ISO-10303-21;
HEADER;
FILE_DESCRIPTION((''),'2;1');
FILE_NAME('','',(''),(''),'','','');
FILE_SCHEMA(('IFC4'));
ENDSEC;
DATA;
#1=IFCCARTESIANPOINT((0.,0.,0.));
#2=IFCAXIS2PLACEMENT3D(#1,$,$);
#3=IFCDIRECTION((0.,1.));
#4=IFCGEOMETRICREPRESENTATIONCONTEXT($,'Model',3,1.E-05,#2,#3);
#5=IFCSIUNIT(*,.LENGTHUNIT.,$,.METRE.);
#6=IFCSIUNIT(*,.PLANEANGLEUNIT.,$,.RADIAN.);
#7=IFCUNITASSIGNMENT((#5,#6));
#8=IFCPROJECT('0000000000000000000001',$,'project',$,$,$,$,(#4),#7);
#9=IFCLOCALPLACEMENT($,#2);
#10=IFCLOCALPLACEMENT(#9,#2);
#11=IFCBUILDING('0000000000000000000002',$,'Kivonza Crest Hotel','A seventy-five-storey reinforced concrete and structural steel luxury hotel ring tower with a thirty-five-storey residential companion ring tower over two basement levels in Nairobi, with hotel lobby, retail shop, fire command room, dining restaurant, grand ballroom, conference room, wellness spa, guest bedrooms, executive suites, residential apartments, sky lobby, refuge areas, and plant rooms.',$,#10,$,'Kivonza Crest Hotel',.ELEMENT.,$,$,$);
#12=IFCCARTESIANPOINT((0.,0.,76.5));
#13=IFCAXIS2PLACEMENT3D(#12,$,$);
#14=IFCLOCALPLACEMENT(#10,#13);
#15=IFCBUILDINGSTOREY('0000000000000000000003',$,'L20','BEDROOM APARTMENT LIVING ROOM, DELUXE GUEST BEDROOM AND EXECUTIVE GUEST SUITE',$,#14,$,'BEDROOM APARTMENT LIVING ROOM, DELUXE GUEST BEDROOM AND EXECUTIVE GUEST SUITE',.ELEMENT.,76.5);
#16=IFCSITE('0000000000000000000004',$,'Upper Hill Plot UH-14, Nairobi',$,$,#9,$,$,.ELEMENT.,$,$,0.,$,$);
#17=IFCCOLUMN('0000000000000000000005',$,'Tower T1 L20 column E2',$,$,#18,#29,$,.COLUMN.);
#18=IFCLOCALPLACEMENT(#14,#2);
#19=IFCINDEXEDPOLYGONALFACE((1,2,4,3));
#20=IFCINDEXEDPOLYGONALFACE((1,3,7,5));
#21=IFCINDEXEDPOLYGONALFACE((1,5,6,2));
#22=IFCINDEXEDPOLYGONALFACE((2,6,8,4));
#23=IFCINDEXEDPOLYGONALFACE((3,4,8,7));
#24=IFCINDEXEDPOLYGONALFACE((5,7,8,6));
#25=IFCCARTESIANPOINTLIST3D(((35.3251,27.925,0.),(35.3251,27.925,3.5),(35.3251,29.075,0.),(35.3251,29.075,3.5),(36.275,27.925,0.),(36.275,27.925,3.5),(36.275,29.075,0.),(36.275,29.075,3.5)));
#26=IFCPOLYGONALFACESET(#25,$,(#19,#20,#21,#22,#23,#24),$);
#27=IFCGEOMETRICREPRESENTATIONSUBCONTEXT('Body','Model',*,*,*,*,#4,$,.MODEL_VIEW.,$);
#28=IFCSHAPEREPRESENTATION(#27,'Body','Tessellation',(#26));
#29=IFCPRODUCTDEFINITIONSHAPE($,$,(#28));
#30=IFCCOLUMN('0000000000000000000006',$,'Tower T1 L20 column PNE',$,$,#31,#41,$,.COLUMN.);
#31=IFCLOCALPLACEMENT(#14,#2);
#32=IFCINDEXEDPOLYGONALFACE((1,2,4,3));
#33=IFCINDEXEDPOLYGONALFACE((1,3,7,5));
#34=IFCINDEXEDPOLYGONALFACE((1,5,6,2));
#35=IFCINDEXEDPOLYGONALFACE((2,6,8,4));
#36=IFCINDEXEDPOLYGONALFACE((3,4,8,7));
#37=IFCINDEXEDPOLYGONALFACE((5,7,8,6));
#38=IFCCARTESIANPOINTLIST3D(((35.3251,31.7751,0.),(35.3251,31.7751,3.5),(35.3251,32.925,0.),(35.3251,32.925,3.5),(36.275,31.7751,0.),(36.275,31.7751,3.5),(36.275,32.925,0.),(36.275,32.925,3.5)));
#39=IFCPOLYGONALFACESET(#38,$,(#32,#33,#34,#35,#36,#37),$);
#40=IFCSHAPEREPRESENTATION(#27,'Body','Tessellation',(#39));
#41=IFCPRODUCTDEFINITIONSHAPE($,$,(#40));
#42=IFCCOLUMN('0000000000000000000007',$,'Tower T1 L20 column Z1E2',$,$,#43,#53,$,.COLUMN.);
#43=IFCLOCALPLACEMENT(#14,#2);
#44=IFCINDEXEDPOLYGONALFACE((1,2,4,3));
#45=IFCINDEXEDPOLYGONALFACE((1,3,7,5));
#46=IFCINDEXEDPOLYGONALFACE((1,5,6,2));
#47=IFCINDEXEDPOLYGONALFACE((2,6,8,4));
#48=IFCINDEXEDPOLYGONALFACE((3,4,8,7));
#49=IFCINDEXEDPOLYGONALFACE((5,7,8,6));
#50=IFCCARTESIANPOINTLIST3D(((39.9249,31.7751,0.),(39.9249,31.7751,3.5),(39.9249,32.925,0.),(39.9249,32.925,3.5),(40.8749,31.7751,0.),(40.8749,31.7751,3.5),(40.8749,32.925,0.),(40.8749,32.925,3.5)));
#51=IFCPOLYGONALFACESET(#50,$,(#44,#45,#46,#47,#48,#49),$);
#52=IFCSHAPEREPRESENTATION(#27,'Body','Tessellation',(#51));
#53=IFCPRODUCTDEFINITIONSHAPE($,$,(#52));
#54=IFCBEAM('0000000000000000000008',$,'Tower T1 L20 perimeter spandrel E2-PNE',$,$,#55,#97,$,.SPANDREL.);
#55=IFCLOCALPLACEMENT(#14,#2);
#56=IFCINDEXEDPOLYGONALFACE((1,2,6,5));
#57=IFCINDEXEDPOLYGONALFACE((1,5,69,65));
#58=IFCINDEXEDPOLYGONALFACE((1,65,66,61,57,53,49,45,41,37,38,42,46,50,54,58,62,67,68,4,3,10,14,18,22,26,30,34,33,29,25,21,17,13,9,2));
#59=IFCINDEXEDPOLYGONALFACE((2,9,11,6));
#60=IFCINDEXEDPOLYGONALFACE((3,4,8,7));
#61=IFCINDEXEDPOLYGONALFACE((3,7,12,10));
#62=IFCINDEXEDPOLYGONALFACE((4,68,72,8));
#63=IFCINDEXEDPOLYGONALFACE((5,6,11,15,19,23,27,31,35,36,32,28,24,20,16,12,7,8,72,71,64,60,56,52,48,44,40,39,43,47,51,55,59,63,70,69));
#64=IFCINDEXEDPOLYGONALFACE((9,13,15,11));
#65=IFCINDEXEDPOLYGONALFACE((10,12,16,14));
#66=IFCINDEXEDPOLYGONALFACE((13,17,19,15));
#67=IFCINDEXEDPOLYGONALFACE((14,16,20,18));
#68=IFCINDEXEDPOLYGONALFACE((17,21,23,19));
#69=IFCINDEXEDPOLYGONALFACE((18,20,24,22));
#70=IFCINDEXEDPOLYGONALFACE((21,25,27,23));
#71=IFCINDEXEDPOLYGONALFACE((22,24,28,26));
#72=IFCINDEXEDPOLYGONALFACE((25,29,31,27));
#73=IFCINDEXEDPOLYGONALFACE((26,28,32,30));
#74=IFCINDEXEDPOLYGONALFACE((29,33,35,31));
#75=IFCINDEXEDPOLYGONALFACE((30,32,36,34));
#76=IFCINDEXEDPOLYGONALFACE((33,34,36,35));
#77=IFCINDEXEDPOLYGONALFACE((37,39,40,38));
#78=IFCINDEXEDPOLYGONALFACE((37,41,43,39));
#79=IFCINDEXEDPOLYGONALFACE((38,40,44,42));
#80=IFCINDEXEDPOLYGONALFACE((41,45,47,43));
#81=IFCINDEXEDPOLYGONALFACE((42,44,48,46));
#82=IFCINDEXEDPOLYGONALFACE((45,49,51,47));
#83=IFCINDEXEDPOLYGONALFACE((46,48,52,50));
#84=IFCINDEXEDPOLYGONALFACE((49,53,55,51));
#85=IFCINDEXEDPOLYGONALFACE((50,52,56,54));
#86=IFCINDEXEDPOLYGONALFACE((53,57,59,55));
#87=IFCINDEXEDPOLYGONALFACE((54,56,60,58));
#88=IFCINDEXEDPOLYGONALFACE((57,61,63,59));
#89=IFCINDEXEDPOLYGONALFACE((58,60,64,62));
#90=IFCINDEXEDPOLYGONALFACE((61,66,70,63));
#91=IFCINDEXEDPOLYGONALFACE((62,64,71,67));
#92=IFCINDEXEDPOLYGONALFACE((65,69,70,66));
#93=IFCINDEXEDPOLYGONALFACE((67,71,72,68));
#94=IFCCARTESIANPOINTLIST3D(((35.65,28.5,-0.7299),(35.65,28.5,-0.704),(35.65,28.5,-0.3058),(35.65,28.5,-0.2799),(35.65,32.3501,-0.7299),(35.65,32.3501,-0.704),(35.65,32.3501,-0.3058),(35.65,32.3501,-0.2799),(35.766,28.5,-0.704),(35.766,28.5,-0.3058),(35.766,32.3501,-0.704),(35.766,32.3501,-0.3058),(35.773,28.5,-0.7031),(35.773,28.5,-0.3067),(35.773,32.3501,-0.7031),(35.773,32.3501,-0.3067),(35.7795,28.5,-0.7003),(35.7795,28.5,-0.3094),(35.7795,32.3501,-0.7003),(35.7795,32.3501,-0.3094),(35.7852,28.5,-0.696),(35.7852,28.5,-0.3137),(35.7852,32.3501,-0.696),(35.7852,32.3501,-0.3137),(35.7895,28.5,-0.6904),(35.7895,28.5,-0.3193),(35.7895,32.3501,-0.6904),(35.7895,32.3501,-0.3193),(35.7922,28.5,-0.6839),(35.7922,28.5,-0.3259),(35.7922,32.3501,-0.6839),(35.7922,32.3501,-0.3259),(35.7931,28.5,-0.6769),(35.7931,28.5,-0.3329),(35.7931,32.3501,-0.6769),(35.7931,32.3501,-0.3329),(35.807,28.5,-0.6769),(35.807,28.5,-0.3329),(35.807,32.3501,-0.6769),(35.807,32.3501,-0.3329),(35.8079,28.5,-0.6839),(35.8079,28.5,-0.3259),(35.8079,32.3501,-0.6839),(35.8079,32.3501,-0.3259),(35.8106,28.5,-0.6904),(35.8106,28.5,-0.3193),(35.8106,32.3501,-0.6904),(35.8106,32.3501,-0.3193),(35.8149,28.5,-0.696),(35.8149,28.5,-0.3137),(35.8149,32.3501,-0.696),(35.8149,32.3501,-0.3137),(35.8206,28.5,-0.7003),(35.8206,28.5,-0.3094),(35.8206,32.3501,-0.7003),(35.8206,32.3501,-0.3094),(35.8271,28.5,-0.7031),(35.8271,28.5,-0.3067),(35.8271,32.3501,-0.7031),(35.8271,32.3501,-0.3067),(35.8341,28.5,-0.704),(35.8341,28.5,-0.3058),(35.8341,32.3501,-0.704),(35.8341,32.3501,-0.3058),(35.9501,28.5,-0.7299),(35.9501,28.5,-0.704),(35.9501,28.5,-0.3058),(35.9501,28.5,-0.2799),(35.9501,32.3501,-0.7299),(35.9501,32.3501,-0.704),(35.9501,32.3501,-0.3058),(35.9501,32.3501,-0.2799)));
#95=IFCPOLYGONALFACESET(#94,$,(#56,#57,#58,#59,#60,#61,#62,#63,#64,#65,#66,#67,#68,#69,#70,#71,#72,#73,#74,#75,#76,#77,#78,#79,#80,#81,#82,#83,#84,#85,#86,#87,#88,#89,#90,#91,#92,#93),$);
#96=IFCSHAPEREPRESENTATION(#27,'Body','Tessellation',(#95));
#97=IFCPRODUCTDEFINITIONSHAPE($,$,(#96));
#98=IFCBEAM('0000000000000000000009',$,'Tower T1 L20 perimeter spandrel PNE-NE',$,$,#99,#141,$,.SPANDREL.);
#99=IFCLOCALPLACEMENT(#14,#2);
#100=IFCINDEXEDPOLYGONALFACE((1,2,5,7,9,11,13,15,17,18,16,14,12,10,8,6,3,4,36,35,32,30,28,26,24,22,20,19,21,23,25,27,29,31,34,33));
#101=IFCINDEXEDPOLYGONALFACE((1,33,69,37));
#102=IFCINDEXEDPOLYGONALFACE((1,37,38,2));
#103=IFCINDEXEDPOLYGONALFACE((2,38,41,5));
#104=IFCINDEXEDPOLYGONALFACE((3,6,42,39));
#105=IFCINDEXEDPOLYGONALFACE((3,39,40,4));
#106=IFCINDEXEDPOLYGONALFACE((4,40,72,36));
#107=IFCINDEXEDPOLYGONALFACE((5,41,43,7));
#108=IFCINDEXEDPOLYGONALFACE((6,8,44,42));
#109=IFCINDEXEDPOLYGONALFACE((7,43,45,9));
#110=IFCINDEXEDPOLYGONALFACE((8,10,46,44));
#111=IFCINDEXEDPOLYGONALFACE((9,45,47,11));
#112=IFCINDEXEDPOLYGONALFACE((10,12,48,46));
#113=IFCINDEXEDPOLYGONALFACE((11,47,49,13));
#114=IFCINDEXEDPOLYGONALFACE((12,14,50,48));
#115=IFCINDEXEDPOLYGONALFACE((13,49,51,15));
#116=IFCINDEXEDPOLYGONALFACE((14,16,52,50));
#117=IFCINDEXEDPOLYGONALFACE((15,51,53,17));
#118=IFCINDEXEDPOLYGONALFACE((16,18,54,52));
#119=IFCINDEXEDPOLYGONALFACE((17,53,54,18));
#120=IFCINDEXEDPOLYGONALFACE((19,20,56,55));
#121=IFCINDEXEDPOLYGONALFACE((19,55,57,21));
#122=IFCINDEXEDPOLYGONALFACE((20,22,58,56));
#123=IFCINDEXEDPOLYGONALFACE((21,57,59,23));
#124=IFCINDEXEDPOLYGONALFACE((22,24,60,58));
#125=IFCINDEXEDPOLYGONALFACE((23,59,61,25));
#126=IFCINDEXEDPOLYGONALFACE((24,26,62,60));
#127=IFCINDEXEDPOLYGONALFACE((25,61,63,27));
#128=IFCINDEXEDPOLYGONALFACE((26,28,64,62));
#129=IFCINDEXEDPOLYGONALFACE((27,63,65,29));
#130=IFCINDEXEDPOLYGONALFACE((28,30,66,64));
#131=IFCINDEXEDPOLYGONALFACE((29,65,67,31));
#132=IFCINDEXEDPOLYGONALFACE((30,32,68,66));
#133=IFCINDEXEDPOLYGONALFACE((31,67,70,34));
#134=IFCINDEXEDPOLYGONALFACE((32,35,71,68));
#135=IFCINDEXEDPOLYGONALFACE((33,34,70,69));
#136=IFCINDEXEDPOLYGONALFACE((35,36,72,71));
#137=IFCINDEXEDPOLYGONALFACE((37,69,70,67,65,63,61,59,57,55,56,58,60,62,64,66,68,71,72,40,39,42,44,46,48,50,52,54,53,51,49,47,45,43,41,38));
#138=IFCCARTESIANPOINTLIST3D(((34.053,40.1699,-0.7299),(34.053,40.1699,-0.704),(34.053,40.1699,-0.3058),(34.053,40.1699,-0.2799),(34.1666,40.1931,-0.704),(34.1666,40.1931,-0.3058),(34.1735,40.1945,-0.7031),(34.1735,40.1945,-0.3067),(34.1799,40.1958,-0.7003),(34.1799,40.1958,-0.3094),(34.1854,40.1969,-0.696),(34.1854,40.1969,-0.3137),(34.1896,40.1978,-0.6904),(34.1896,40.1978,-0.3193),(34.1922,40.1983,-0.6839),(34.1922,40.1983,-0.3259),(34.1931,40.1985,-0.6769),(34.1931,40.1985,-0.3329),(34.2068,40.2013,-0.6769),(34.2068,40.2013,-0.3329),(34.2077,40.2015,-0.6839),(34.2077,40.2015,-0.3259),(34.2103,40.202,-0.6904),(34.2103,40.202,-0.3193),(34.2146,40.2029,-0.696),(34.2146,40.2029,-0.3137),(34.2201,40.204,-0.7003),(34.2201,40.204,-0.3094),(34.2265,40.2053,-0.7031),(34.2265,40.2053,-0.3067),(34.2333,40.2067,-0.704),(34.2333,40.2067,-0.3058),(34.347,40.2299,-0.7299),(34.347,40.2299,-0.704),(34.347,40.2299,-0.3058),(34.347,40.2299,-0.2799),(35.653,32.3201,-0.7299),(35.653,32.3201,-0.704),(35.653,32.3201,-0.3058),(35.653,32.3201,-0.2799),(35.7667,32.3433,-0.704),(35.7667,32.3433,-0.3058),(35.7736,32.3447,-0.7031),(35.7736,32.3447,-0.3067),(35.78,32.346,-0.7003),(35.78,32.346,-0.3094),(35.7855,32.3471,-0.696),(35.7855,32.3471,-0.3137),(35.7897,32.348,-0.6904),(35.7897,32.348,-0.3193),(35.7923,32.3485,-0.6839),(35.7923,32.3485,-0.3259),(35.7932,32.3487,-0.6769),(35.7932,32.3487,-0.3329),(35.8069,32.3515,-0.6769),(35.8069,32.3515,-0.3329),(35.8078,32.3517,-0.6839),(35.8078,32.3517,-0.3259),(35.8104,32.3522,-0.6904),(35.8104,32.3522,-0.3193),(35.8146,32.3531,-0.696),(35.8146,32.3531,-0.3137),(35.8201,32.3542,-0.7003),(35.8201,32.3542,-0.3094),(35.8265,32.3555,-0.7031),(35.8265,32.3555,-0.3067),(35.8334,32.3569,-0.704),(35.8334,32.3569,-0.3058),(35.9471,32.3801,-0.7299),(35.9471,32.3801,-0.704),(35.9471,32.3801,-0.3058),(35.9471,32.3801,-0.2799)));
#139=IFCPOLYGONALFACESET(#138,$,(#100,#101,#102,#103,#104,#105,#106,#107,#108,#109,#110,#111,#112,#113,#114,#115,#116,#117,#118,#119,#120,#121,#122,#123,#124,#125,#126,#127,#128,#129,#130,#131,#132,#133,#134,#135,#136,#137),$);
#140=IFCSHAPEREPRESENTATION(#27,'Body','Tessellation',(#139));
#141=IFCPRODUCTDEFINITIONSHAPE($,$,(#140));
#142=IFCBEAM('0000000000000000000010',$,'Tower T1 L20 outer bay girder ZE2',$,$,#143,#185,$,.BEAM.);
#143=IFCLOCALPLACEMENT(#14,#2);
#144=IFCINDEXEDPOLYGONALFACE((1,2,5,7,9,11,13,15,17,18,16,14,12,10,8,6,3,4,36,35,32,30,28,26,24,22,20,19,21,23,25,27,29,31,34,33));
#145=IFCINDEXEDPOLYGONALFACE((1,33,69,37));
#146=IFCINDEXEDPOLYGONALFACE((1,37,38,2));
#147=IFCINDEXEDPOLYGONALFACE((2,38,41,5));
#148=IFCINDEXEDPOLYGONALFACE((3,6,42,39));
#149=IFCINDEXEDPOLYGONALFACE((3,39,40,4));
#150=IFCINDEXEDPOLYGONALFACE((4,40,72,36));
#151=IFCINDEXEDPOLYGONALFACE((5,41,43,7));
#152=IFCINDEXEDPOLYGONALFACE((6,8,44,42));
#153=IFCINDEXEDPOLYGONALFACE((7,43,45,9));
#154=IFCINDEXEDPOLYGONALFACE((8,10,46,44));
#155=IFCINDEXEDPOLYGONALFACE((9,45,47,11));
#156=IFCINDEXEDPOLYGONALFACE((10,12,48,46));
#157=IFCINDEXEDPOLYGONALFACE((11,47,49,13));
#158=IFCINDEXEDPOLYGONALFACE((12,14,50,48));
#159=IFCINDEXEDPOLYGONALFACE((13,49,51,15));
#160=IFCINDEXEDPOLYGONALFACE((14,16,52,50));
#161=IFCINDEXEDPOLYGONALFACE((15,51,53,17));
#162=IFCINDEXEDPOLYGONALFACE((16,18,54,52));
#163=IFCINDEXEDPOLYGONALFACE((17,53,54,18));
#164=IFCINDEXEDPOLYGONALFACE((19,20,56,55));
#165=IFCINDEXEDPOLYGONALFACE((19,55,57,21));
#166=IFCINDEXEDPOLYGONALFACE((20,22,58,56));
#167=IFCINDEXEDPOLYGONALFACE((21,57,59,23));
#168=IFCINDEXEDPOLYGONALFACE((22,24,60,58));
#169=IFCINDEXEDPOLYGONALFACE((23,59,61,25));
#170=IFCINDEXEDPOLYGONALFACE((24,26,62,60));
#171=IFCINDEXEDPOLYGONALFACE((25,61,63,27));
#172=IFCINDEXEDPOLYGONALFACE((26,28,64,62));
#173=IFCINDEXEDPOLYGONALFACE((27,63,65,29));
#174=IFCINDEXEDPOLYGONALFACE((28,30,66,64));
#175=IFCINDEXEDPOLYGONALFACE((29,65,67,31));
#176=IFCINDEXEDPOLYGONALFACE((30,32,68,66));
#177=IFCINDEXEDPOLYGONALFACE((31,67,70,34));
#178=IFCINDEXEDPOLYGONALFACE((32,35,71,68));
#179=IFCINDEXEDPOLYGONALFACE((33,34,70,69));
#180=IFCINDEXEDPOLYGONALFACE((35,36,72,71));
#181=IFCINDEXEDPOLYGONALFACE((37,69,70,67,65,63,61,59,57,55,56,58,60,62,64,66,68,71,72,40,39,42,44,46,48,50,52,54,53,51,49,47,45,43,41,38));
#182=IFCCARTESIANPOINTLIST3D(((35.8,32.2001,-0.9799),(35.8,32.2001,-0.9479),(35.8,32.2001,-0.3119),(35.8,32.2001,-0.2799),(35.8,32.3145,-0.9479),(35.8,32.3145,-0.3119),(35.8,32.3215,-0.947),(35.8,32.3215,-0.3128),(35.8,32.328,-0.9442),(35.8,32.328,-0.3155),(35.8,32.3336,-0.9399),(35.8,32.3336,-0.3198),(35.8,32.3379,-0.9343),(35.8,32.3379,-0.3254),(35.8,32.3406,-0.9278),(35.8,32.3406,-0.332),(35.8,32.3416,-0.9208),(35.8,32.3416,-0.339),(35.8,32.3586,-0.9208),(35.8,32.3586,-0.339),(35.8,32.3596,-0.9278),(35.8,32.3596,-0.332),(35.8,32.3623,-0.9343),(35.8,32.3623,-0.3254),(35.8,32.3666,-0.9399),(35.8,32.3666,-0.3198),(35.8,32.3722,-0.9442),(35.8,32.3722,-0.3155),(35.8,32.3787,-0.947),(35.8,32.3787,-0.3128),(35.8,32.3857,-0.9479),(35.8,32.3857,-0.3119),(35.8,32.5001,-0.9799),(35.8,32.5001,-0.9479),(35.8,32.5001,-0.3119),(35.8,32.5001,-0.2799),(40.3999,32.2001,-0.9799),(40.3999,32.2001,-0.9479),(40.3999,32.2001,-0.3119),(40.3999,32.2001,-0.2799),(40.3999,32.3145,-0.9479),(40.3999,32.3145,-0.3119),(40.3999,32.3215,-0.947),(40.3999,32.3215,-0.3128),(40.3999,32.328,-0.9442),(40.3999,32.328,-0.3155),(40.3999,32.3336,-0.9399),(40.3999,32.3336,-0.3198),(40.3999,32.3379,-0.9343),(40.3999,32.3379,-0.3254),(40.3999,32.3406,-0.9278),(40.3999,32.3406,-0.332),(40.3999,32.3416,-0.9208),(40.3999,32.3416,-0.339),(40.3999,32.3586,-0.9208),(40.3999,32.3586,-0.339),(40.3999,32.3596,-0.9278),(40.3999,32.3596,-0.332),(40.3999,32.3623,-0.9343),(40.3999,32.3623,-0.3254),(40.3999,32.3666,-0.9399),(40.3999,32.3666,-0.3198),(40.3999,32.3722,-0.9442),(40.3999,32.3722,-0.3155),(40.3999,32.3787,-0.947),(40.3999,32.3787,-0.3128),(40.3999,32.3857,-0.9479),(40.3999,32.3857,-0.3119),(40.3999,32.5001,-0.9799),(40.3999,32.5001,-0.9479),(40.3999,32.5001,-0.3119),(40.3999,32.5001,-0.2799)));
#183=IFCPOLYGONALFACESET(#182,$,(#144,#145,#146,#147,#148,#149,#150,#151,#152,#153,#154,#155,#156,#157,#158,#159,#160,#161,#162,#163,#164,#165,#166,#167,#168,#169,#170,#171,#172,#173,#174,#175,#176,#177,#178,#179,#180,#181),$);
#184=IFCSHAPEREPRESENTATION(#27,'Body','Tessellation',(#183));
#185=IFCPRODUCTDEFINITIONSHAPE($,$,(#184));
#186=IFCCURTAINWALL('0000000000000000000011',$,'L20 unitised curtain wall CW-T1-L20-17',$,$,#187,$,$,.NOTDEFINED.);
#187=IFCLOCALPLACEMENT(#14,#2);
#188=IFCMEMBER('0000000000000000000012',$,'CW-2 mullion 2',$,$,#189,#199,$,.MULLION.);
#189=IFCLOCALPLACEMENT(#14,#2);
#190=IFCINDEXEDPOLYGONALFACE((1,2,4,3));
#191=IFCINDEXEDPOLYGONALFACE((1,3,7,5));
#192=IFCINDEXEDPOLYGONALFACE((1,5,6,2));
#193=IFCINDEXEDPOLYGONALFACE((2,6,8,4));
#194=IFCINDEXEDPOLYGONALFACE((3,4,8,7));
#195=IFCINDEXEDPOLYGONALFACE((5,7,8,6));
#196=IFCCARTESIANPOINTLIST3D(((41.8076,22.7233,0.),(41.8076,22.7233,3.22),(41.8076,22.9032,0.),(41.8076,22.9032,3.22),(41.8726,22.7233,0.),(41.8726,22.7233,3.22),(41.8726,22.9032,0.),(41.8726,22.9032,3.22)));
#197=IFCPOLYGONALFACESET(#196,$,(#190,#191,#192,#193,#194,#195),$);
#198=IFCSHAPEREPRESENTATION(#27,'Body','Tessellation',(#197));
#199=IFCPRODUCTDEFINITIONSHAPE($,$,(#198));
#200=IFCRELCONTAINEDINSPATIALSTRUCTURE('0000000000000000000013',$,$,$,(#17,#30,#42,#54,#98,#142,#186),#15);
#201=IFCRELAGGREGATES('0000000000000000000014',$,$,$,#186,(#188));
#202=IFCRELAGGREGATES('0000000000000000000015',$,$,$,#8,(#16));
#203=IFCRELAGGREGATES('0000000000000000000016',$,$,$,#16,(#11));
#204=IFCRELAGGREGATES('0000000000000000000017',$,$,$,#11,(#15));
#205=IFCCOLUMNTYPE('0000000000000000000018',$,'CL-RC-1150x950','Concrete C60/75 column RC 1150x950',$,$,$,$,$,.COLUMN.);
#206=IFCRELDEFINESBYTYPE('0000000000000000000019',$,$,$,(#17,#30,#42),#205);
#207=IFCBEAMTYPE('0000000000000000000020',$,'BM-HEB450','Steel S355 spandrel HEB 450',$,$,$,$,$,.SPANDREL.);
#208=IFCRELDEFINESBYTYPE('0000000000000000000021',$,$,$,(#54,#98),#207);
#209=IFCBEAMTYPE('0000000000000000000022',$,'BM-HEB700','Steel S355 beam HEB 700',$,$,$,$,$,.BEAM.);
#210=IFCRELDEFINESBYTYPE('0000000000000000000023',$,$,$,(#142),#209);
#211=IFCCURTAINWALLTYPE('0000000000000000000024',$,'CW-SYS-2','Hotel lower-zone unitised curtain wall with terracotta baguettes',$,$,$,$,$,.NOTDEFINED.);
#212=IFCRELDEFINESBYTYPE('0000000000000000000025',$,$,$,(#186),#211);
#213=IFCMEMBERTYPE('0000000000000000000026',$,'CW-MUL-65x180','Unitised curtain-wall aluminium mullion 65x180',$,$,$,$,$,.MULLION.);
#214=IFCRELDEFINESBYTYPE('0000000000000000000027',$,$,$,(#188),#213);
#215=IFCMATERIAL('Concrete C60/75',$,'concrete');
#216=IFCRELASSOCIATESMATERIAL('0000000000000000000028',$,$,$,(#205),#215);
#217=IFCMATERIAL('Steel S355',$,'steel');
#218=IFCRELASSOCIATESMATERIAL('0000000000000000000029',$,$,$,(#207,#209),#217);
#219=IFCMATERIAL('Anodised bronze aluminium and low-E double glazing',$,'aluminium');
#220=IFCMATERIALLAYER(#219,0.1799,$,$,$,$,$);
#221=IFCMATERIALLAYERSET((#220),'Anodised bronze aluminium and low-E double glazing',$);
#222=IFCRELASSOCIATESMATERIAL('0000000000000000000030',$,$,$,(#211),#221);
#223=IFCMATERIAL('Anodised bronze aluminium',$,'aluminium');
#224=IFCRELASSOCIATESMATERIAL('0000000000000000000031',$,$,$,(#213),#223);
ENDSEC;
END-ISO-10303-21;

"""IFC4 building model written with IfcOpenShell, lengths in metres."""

from ifc_helpers import new_model, si_unit, direction, frame, origin, origin_2d, place, context, subcontext, project, spatial, rectangle, i_section, extrude, material, layer, layer_set, material_profile, profile_set, type_object, element, aggregate, save


model = new_model("IFC4")

# Units and contexts
model_context = context("Model", 3, precision=1e-05, world=origin(), true_north=direction((0.0, 1.0)))
body_context = subcontext(model_context, "Body", "Model", "MODEL_VIEW")
ifc_project = project(units=[si_unit("LENGTHUNIT", "METRE"), si_unit("PLANEANGLEUNIT", "RADIAN")], contexts=[model_context])

# Site, building, storey
site_placement = place(None, origin())
site = spatial("IfcSite", under=ifc_project, at=site_placement, Name="Upper Hill Plot UH-14, Nairobi", CompositionType="ELEMENT", RefElevation=0.0)
building_placement = place(site_placement, origin())
building = spatial("IfcBuilding", under=site, at=building_placement, Name="Kivonza Crest Hotel", Description="A seventy-five-storey reinforced concrete and structural steel luxury hotel ring tower with a thirty-five-storey residential companion ring tower over two basement levels in Nairobi, with hotel lobby, retail shop, fire command room, dining restaurant, grand ballroom, conference room, wellness spa, guest bedrooms, executive suites, residential apartments, sky lobby, refuge areas, and plant rooms.", LongName="Kivonza Crest Hotel", CompositionType="ELEMENT")
storey_placement = place(building_placement, frame((0.0, 0.0, 76.5)))
storey = spatial("IfcBuildingStorey", under=building, at=storey_placement, Name="L20", Description="BEDROOM APARTMENT LIVING ROOM, DELUXE GUEST BEDROOM AND EXECUTIVE GUEST SUITE", LongName="BEDROOM APARTMENT LIVING ROOM, DELUXE GUEST BEDROOM AND EXECUTIVE GUEST SUITE", CompositionType="ELEMENT", Elevation=76.5)

# Columns
ifc_material_1 = material(Name="Concrete C60/75", Category="concrete")
ifc_material_profile_1 = material_profile(ifc_material_1, rectangle(XDim=0.95, YDim=1.1499, at=origin_2d()), Name="RC 1150x950")
ifc_profile_set_1 = profile_set([ifc_material_profile_1], Name="Concrete C60/75")
column_type = type_object("IfcColumnType", Name="CL-RC-1150x950", Description="Concrete C60/75 column RC 1150x950", PredefinedType="COLUMN", material=ifc_profile_set_1)
for number, where, z_axis, x_axis, name in (
    (1, (35.8, 28.5, 0.0), (0.0, 0.0, 1.0), (1.0, 0.0, 0.0), "Tower T1 L20 column E2"),
    (2, (35.8, 32.3501, 0.0), (0.0, 0.0, 1.0), (1.0, 0.0, 0.0), "Tower T1 L20 column PNE"),
    (3, (40.3999, 32.3501, 0.0), (0.0, 0.0, 1.0), (1.0, 0.0, 0.0), "Tower T1 L20 column Z1E2"),
):
    element("IfcColumn", number, at=place(storey_placement, frame(where, z_axis=z_axis, x_axis=x_axis)), inside=storey, type_object=column_type, Name=name, PredefinedType="COLUMN", context=body_context, shape_type="SweptSolid", body=[
        extrude(rectangle(XDim=0.95, YDim=1.1499, at=origin_2d()), origin(), (0.0, 0.0, 1.0), 3.5),
    ])

# Beams
ifc_material_2 = material(Name="Steel S355", Category="steel")
ifc_material_profile_2 = material_profile(ifc_material_2, i_section(OverallWidth=0.3, OverallDepth=0.45, WebThickness=0.0139, FlangeThickness=0.0259, FilletRadius=0.0271, at=origin_2d()), Name="HEB 450")
ifc_profile_set_2 = profile_set([ifc_material_profile_2], Name="Steel S355")
beam_type_1 = type_object("IfcBeamType", Name="BM-HEB450", Description="Steel S355 spandrel HEB 450", PredefinedType="SPANDREL", material=ifc_profile_set_2)
beam_1_placement = place(storey_placement, frame((35.8, 28.5, -0.5049), z_axis=(0.0, 1.0, 0.0), x_axis=(-1.0, 0.0, 0.0)))
element("IfcBeam", 4, at=beam_1_placement, inside=storey, type_object=beam_type_1, Name="Tower T1 L20 perimeter spandrel E2-PNE", PredefinedType="SPANDREL", context=body_context, shape_type="SweptSolid", body=[
    extrude(i_section(OverallWidth=0.3, OverallDepth=0.45, WebThickness=0.0139, FlangeThickness=0.0259, FilletRadius=0.0271, at=origin_2d()), origin(), (0.0, 0.0, 1.0), 3.8501),
])
beam_2_placement = place(storey_placement, frame((35.8, 32.3501, -0.5049), z_axis=(-0.199731, 0.979851, 0.0), x_axis=(-0.979851, -0.199731, 0.0)))
element("IfcBeam", 5, at=beam_2_placement, inside=storey, type_object=beam_type_1, Name="Tower T1 L20 perimeter spandrel PNE-NE", PredefinedType="SPANDREL", context=body_context, shape_type="SweptSolid", body=[
    extrude(i_section(OverallWidth=0.3, OverallDepth=0.45, WebThickness=0.0139, FlangeThickness=0.0259, FilletRadius=0.0271, at=origin_2d()), origin(), (0.0, 0.0, 1.0), 8.0112),
])
ifc_material_profile_3 = material_profile(ifc_material_2, i_section(OverallWidth=0.3, OverallDepth=0.7, WebThickness=0.0171, FlangeThickness=0.032, FilletRadius=0.0271, at=origin_2d()), Name="HEB 700")
ifc_profile_set_3 = profile_set([ifc_material_profile_3], Name="Steel S355")
beam_type_2 = type_object("IfcBeamType", Name="BM-HEB700", Description="Steel S355 beam HEB 700", PredefinedType="BEAM", material=ifc_profile_set_3)
beam_3_placement = place(storey_placement, frame((40.3999, 32.3501, -0.6299), z_axis=(-1.0, 0.0, 0.0), x_axis=(0.0, -1.0, 0.0)))
element("IfcBeam", 6, at=beam_3_placement, inside=storey, type_object=beam_type_2, Name="Tower T1 L20 outer bay girder ZE2", PredefinedType="BEAM", context=body_context, shape_type="SweptSolid", body=[
    extrude(i_section(OverallWidth=0.3, OverallDepth=0.7, WebThickness=0.0171, FlangeThickness=0.032, FilletRadius=0.0271, at=origin_2d()), origin(), (0.0, 0.0, 1.0), 4.5999),
])

# Curtain wall, member
ifc_material_3 = material(Name="Anodised bronze aluminium and low-E double glazing", Category="aluminium")
ifc_layer_1 = layer(ifc_material_3, 0.1799)
ifc_layer_set_1 = layer_set([ifc_layer_1], Name="Anodised bronze aluminium and low-E double glazing")
curtain_wall_type = type_object("IfcCurtainWallType", Name="CW-SYS-2", Description="Hotel lower-zone unitised curtain wall with terracotta baguettes", PredefinedType="NOTDEFINED", material=ifc_layer_set_1)
curtain_wall_placement = place(storey_placement, origin())
curtain_wall = element("IfcCurtainWall", 7, at=curtain_wall_placement, inside=storey, type_object=curtain_wall_type, Name="L20 unitised curtain wall CW-T1-L20-17", PredefinedType="NOTDEFINED")
ifc_material_4 = material(Name="Anodised bronze aluminium", Category="aluminium")
ifc_material_profile_4 = material_profile(ifc_material_4, rectangle(XDim=0.0649, YDim=0.1799, at=origin_2d()), Name="CW-M 65x180")
ifc_profile_set_4 = profile_set([ifc_material_profile_4], Name="Anodised bronze aluminium")
member_type = type_object("IfcMemberType", Name="CW-MUL-65x180", Description="Unitised curtain-wall aluminium mullion 65x180", PredefinedType="MULLION", material=ifc_profile_set_4)
member_1_placement = place(storey_placement, frame((41.8401, 22.8132, 0.0), z_axis=(0.0, 0.0, 1.0), x_axis=(-1.0, 0.0, 0.0)))
member_1 = element("IfcMember", 8, at=member_1_placement, type_object=member_type, Name="CW-2 mullion 2", PredefinedType="MULLION", context=body_context, shape_type="SweptSolid", body=[
    extrude(rectangle(XDim=0.0649, YDim=0.1799, at=origin_2d()), origin(), (0.0, 0.0, 1.0), 3.22),
])
aggregate(curtain_wall, [member_1])

save(model, "model.ifc")
